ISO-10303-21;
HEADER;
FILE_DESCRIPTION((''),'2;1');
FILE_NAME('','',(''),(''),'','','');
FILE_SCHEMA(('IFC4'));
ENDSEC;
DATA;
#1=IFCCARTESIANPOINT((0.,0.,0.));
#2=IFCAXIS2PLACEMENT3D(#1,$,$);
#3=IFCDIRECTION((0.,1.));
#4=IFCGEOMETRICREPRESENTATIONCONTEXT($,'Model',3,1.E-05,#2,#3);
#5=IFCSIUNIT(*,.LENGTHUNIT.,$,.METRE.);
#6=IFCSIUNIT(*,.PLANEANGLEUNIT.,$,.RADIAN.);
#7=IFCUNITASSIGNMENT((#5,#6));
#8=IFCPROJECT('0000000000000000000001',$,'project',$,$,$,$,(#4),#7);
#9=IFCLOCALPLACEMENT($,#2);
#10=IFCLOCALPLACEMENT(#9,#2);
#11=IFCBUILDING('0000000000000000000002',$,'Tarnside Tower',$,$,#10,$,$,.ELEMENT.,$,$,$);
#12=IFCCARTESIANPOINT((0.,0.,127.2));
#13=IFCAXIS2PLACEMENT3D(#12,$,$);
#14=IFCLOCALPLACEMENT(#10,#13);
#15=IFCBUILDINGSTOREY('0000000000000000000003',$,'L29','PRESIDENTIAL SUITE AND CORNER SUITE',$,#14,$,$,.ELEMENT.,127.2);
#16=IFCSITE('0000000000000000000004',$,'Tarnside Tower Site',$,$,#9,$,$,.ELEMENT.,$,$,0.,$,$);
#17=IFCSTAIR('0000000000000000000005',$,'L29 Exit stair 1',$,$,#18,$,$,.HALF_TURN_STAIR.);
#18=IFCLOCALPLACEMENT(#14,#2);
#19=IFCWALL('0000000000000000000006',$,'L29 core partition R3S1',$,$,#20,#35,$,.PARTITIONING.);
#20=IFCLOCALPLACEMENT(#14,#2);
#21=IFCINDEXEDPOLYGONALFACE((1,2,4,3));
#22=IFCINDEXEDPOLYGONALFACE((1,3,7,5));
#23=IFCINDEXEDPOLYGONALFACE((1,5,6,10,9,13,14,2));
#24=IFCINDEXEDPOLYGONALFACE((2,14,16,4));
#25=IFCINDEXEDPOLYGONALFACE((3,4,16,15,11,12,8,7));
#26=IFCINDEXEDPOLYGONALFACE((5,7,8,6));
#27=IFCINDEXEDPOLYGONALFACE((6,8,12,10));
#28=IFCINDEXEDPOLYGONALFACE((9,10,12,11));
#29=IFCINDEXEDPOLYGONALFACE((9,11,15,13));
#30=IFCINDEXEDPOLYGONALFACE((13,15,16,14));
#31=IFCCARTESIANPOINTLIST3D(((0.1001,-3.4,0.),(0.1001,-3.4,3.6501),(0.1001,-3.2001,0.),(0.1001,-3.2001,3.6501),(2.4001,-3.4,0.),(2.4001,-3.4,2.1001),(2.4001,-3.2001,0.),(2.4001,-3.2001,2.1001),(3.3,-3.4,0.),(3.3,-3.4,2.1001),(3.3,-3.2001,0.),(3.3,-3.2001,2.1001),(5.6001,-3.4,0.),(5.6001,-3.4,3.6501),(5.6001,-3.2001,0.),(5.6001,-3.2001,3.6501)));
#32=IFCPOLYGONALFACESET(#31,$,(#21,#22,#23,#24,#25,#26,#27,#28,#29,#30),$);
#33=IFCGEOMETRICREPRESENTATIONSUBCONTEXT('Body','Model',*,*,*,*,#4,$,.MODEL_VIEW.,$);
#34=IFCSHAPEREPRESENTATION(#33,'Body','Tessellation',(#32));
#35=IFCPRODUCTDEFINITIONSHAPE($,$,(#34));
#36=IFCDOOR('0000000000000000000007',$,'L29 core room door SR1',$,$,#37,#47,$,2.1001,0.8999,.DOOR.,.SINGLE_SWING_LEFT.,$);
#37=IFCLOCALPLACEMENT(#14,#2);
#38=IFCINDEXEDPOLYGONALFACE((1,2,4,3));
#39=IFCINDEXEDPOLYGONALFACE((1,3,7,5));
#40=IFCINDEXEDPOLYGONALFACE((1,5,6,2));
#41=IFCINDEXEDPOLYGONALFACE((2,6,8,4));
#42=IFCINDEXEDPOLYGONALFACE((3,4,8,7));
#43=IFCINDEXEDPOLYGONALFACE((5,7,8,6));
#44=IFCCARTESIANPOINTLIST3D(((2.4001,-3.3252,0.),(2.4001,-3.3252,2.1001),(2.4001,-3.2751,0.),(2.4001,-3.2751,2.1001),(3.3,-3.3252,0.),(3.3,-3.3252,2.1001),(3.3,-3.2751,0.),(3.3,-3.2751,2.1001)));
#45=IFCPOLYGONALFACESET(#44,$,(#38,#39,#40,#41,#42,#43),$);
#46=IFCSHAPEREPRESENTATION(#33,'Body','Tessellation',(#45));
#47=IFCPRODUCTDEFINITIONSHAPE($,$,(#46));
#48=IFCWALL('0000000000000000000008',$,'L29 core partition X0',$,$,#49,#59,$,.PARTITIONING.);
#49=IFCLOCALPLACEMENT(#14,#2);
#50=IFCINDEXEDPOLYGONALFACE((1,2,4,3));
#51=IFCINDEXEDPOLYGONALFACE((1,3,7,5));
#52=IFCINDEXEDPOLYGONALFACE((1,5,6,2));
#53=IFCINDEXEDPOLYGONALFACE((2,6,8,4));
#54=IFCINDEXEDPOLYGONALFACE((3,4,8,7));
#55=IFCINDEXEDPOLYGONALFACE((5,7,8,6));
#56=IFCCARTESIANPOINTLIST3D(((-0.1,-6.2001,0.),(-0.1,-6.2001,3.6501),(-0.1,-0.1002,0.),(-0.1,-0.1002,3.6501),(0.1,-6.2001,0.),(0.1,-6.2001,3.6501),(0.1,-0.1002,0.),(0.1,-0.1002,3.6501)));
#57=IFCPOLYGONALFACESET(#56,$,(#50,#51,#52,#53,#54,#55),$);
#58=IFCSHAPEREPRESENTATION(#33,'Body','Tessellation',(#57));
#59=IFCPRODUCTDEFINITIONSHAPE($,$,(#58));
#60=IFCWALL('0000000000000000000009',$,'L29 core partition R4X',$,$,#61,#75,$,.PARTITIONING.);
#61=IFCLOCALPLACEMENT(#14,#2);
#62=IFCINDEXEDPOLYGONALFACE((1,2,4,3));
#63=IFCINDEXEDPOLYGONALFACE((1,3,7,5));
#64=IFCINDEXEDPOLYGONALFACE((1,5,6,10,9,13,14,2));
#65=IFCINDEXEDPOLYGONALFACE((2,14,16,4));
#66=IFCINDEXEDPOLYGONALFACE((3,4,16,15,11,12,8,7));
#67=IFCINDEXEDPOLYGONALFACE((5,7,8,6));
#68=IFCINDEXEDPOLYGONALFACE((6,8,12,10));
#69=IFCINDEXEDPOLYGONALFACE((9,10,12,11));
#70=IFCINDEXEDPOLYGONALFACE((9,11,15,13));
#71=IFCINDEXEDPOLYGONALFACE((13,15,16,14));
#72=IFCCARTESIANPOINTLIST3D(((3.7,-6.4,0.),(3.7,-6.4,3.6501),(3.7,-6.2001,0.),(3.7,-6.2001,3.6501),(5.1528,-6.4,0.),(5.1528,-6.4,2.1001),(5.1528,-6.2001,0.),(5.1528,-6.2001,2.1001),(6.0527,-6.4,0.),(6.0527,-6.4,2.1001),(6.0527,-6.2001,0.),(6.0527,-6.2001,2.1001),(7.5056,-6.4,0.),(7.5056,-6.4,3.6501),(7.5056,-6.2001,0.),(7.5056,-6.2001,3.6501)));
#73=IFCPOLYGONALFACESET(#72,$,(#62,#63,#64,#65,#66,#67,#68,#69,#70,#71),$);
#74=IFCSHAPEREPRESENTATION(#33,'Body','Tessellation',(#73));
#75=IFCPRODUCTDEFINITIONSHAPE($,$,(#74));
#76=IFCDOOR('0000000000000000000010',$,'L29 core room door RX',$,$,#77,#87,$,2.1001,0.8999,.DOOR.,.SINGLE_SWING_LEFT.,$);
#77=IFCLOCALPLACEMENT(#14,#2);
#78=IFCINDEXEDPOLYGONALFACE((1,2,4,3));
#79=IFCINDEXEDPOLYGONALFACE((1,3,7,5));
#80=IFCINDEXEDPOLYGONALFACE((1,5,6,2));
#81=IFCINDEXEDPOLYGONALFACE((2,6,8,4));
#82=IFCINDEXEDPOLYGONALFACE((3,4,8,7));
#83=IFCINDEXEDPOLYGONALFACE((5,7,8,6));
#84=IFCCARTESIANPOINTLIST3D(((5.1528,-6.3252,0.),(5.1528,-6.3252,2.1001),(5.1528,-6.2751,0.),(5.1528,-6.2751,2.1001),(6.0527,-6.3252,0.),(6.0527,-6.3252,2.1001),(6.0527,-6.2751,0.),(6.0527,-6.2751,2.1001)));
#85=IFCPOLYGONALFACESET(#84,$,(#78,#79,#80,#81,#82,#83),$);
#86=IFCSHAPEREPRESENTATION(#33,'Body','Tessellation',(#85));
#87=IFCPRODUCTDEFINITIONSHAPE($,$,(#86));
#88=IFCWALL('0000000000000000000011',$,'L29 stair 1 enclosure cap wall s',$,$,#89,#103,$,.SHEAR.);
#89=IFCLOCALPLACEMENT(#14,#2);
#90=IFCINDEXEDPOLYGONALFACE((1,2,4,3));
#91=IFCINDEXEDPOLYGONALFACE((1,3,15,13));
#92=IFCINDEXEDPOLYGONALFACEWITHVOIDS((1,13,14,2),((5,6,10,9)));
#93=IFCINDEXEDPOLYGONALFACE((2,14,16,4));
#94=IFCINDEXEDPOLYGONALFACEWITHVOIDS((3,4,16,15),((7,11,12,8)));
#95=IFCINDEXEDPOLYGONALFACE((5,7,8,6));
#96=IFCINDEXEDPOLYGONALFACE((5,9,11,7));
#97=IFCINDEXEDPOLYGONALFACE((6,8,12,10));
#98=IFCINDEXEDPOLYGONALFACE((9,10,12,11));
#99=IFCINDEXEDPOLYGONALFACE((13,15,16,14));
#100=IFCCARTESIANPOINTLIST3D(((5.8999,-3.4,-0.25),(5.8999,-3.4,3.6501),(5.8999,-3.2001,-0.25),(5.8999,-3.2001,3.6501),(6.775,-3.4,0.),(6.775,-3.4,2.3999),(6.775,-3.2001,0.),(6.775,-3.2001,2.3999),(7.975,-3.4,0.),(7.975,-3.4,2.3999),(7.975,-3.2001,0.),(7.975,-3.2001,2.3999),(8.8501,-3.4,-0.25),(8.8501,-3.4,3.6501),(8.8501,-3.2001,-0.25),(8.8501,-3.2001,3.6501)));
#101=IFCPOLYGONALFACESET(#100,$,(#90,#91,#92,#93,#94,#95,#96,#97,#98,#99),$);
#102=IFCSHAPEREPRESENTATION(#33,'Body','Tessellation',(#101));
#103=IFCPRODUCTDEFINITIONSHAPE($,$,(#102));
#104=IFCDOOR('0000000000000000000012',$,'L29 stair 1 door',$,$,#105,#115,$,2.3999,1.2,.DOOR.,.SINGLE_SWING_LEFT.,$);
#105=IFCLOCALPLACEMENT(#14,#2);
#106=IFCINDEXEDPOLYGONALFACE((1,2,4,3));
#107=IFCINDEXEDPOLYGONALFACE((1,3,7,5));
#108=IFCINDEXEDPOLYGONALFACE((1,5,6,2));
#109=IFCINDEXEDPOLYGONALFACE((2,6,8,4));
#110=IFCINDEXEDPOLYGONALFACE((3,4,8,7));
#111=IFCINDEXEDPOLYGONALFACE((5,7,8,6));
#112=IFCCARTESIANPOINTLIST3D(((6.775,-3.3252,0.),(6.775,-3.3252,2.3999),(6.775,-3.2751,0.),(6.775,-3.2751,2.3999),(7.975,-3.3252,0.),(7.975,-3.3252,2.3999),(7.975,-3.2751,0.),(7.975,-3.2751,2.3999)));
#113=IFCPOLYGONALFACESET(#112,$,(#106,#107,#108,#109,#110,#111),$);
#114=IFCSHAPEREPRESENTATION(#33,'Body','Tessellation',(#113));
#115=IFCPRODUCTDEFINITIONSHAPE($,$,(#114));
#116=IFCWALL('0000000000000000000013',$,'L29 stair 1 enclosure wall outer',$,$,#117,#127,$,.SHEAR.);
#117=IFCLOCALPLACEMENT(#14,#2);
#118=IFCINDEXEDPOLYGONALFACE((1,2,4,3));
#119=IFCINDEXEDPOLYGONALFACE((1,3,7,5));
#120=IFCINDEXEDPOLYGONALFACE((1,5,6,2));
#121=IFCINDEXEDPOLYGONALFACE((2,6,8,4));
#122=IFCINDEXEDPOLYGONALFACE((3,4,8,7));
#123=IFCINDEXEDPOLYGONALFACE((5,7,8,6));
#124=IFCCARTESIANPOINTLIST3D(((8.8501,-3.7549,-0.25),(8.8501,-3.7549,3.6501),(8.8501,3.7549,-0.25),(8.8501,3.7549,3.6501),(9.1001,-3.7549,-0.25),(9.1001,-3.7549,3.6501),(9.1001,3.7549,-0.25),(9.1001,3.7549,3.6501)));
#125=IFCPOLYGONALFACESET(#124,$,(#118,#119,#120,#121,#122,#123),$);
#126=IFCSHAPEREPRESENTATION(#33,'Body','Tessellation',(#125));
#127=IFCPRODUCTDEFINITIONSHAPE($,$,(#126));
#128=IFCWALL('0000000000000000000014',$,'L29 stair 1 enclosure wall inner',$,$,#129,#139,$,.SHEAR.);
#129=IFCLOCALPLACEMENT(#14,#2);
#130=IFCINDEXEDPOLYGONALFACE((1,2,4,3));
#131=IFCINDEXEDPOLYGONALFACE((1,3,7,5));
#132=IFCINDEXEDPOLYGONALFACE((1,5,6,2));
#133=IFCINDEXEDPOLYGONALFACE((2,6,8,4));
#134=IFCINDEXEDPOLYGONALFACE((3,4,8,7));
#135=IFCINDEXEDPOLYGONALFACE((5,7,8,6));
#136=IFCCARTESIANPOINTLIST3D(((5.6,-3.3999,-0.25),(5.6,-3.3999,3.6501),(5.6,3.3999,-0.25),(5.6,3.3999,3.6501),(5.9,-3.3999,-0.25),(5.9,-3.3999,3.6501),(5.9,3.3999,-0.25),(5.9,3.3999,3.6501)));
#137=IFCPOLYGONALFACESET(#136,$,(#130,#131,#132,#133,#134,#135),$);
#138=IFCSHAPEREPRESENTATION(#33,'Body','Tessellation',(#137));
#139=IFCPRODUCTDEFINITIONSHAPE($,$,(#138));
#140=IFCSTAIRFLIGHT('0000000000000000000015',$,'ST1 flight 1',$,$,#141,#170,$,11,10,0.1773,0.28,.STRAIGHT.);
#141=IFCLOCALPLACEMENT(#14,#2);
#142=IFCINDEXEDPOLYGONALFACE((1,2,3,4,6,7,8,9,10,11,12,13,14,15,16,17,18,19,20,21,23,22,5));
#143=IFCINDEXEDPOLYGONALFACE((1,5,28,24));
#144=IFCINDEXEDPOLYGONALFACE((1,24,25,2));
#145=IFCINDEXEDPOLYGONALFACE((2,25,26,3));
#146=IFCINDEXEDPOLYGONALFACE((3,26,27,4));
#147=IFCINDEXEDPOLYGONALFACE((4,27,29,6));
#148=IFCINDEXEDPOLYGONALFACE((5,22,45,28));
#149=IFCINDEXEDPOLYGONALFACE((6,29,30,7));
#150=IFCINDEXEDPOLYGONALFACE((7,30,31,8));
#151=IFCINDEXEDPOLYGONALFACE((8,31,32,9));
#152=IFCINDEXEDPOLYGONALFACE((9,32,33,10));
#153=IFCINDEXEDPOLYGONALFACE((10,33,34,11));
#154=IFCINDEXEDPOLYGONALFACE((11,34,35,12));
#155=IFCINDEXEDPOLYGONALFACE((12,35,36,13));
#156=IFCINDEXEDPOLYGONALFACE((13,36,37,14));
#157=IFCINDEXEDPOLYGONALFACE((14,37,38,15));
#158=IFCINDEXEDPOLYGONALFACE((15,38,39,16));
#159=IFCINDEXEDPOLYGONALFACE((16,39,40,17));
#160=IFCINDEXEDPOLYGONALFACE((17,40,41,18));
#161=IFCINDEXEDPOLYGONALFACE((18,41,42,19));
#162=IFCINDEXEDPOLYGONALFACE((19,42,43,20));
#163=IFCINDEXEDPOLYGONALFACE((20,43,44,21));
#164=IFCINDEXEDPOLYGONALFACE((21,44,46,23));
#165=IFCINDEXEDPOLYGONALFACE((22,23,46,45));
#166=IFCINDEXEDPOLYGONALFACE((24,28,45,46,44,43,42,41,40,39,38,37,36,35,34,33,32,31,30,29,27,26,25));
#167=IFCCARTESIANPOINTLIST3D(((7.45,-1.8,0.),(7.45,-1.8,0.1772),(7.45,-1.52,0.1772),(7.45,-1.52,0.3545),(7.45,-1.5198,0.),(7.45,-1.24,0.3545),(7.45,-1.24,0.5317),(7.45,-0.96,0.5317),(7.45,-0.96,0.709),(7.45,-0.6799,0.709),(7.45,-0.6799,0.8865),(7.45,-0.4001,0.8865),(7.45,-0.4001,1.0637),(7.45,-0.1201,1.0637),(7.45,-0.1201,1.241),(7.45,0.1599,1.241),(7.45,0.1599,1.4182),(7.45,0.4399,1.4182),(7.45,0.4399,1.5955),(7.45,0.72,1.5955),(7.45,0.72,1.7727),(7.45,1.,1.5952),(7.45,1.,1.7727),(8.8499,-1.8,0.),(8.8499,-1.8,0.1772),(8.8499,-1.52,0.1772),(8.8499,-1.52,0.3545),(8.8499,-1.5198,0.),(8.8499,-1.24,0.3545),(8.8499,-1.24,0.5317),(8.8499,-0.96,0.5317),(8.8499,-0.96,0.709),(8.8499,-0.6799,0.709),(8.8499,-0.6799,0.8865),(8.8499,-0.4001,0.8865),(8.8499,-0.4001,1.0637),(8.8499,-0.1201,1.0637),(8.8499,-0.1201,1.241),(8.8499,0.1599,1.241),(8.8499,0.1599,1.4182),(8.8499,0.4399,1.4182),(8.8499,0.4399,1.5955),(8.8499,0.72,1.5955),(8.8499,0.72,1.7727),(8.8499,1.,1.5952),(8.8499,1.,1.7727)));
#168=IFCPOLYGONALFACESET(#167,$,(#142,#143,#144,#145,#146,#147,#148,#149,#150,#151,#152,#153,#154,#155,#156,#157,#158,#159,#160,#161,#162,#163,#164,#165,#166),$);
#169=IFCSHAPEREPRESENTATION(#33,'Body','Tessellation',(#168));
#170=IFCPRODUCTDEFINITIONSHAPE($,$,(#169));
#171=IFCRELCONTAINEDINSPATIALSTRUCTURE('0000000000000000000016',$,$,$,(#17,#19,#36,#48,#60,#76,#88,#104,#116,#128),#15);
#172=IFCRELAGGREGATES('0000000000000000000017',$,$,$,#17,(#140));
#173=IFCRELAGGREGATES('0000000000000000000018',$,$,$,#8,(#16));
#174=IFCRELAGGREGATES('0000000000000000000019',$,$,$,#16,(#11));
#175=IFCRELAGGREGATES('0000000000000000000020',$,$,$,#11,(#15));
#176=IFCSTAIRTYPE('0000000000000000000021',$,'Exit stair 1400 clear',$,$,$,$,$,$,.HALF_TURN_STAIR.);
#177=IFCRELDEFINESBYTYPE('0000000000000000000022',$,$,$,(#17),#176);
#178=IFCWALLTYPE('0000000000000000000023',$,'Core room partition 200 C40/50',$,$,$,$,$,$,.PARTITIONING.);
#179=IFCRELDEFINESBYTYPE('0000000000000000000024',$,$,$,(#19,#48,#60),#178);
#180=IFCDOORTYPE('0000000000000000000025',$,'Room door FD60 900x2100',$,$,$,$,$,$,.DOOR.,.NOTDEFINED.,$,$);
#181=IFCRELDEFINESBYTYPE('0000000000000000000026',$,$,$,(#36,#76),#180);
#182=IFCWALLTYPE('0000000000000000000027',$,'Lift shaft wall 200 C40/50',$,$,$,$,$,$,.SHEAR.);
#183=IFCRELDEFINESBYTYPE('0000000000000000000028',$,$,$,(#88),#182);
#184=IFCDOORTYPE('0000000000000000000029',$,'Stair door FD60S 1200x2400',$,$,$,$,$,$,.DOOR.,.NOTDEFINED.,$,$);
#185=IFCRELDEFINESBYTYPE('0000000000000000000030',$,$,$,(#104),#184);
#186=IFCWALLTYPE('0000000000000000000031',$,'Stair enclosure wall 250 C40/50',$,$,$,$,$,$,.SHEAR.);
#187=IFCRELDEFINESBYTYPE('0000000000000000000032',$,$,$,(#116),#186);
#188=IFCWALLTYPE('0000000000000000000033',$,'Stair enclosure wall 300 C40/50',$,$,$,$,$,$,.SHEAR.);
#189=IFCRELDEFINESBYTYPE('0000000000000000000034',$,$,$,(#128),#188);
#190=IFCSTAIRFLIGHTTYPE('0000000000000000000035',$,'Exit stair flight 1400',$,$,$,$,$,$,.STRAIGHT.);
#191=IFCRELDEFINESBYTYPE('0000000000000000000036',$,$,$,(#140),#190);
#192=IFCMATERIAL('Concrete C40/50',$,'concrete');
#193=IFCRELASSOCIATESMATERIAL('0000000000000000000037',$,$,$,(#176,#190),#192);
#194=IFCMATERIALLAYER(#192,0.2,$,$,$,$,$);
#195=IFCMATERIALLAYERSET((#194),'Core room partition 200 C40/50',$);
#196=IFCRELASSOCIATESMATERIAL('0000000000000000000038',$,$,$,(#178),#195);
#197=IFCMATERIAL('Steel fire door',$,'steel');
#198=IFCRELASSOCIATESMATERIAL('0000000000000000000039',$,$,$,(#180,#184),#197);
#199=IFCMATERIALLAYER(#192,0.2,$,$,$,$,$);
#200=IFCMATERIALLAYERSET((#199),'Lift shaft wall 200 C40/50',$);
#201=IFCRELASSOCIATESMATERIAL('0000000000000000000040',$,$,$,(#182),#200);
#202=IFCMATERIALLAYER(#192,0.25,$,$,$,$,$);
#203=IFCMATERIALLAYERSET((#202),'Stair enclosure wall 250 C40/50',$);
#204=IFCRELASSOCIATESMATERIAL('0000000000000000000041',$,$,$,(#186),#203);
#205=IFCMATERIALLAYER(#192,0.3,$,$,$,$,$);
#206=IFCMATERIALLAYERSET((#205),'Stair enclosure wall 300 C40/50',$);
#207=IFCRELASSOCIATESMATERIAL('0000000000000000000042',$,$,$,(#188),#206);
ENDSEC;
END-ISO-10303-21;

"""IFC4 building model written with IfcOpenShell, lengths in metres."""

from ifc_helpers import new_model, si_unit, direction, frame, frame_2d, origin, place, context, subcontext, project, spatial, polyline, rectangle, outline, extrude, material, layer, layer_set, type_object, element, fill, aggregate, save


model = new_model("IFC4")

# Units and contexts
model_context = context("Model", 3, precision=1e-05, world=origin(), true_north=direction((0.0, 1.0)))
body_context = subcontext(model_context, "Body", "Model", "MODEL_VIEW")
ifc_project = project(units=[si_unit("LENGTHUNIT", "METRE"), si_unit("PLANEANGLEUNIT", "RADIAN")], contexts=[model_context])

# Site, building, storey
site_placement = place(None, origin())
site = spatial("IfcSite", under=ifc_project, at=site_placement, Name="Tarnside Tower Site", CompositionType="ELEMENT", RefElevation=0.0)
building_placement = place(site_placement, origin())
building = spatial("IfcBuilding", under=site, at=building_placement, Name="Tarnside Tower", CompositionType="ELEMENT")
storey_placement = place(building_placement, frame((0.0, 0.0, 127.2)))
storey = spatial("IfcBuildingStorey", under=building, at=storey_placement, Name="L29", Description="PRESIDENTIAL SUITE AND CORNER SUITE", CompositionType="ELEMENT", Elevation=127.2)

# Shared definitions
ifc_material_1 = material(Name="Concrete C40/50", Category="concrete")

# Stair
stair_type = type_object("IfcStairType", Name="Exit stair 1400 clear", PredefinedType="HALF_TURN_STAIR", material=ifc_material_1)
stair_1_placement = place(storey_placement, origin())
stair_1 = element("IfcStair", 1, at=stair_1_placement, inside=storey, type_object=stair_type, Name="L29 Exit stair 1", PredefinedType="HALF_TURN_STAIR")

# Wall, opening, door
ifc_layer_1 = layer(ifc_material_1, 0.2)
ifc_layer_set_1 = layer_set([ifc_layer_1], Name="Core room partition 200 C40/50")
wall_type_1 = type_object("IfcWallType", Name="Core room partition 200 C40/50", PredefinedType="PARTITIONING", material=ifc_layer_set_1)
wall_1_placement = place(storey_placement, frame((0.1001, -3.3, 0.0), z_axis=(0.0, 0.0, 1.0), x_axis=(1.0, 0.0, 0.0)))
wall_1 = element("IfcWall", 2, at=wall_1_placement, inside=storey, type_object=wall_type_1, Name="L29 core partition R3S1", PredefinedType="PARTITIONING", context=body_context, shape_type="SweptSolid", body=[
    extrude(rectangle(XDim=5.5, YDim=0.2, at=frame_2d((2.75, 0.0))), origin(), (0.0, 0.0, 1.0), 3.6501),
])
opening_1_placement = place(wall_1_placement, frame((2.3, 0.0, 0.0)))
opening_1 = element("IfcOpeningElement", 3, at=opening_1_placement, cuts=wall_1, PredefinedType="OPENING", context=body_context, shape_type="SweptSolid", body=[
    extrude(rectangle(XDim=0.8999, YDim=2.1001, at=frame_2d((0.45, 1.05))), frame((0.0, 0.1099, 0.0), z_axis=(0.0, -1.0, 0.0), x_axis=(1.0, 0.0, 0.0)), (0.0, 0.0, 1.0), 0.22),
])
ifc_material_2 = material(Name="Steel fire door", Category="steel")
door_type_1 = type_object("IfcDoorType", Name="Room door FD60 900x2100", OperationType="NOTDEFINED", PredefinedType="DOOR", material=ifc_material_2)
door_1_placement = place(opening_1_placement, origin())
door_1 = element("IfcDoor", 4, at=door_1_placement, inside=storey, type_object=door_type_1, Name="L29 core room door SR1", OperationType="SINGLE_SWING_LEFT", OverallHeight=2.1001, OverallWidth=0.8999, PredefinedType="DOOR", context=body_context, shape_type="SweptSolid", body=[
    extrude(rectangle(XDim=0.8999, YDim=2.1001, at=frame_2d((0.45, 1.05))), frame((0.0, 0.0249, 0.0), z_axis=(0.0, -1.0, 0.0), x_axis=(1.0, 0.0, 0.0)), (0.0, 0.0, 1.0), 0.05),
])
fill(opening_1, door_1)

# Wall
wall_2_placement = place(storey_placement, frame((0.0, -6.2, 0.0), z_axis=(0.0, 0.0, 1.0), x_axis=(0.0, 1.0, 0.0)))
element("IfcWall", 5, at=wall_2_placement, inside=storey, type_object=wall_type_1, Name="L29 core partition X0", PredefinedType="PARTITIONING", context=body_context, shape_type="SweptSolid", body=[
    extrude(rectangle(XDim=6.0999, YDim=0.2, at=frame_2d((3.0498, 0.0))), origin(), (0.0, 0.0, 1.0), 3.6501),
])

# Walls, openings, doors
wall_3_placement = place(storey_placement, frame((3.7, -6.3, 0.0), z_axis=(0.0, 0.0, 1.0), x_axis=(1.0, 0.0, 0.0)))
wall_3 = element("IfcWall", 6, at=wall_3_placement, inside=storey, type_object=wall_type_1, Name="L29 core partition R4X", PredefinedType="PARTITIONING", context=body_context, shape_type="SweptSolid", body=[
    extrude(rectangle(XDim=3.8057, YDim=0.2, at=frame_2d((1.9028, 0.0))), origin(), (0.0, 0.0, 1.0), 3.6501),
])
opening_2_placement = place(wall_3_placement, frame((1.4529, 0.0, 0.0)))
opening_2 = element("IfcOpeningElement", 7, at=opening_2_placement, cuts=wall_3, PredefinedType="OPENING", context=body_context, shape_type="SweptSolid", body=[
    extrude(rectangle(XDim=0.8999, YDim=2.1001, at=frame_2d((0.45, 1.05))), frame((0.0, 0.1099, 0.0), z_axis=(0.0, -1.0, 0.0), x_axis=(1.0, 0.0, 0.0)), (0.0, 0.0, 1.0), 0.22),
])
door_2_placement = place(opening_2_placement, origin())
door_2 = element("IfcDoor", 8, at=door_2_placement, inside=storey, type_object=door_type_1, Name="L29 core room door RX", OperationType="SINGLE_SWING_LEFT", OverallHeight=2.1001, OverallWidth=0.8999, PredefinedType="DOOR", context=body_context, shape_type="SweptSolid", body=[
    extrude(rectangle(XDim=0.8999, YDim=2.1001, at=frame_2d((0.45, 1.05))), frame((0.0, 0.0249, 0.0), z_axis=(0.0, -1.0, 0.0), x_axis=(1.0, 0.0, 0.0)), (0.0, 0.0, 1.0), 0.05),
])
fill(opening_2, door_2)
ifc_layer_2 = layer(ifc_material_1, 0.2)
ifc_layer_set_2 = layer_set([ifc_layer_2], Name="Lift shaft wall 200 C40/50")
wall_type_2 = type_object("IfcWallType", Name="Lift shaft wall 200 C40/50", PredefinedType="SHEAR", material=ifc_layer_set_2)
wall_4_placement = place(storey_placement, frame((5.8999, -3.3, -0.25), z_axis=(0.0, 0.0, 1.0), x_axis=(1.0, 0.0, 0.0)))
wall_4 = element("IfcWall", 9, at=wall_4_placement, inside=storey, type_object=wall_type_2, Name="L29 stair 1 enclosure cap wall s", PredefinedType="SHEAR", context=body_context, shape_type="SweptSolid", body=[
    extrude(rectangle(XDim=2.9502, YDim=0.2, at=frame_2d((1.4751, 0.0))), origin(), (0.0, 0.0, 1.0), 3.9001),
])
opening_3_placement = place(wall_4_placement, frame((0.875, 0.0, 0.25)))
opening_3 = element("IfcOpeningElement", 10, at=opening_3_placement, cuts=wall_4, PredefinedType="OPENING", context=body_context, shape_type="SweptSolid", body=[
    extrude(rectangle(XDim=1.2, YDim=2.3999, at=frame_2d((0.6001, 1.2))), frame((0.0, 0.1099, 0.0), z_axis=(0.0, -1.0, 0.0), x_axis=(1.0, 0.0, 0.0)), (0.0, 0.0, 1.0), 0.22),
])
door_type_2 = type_object("IfcDoorType", Name="Stair door FD60S 1200x2400", OperationType="NOTDEFINED", PredefinedType="DOOR", material=ifc_material_2)
door_3_placement = place(opening_3_placement, origin())
door_3 = element("IfcDoor", 11, at=door_3_placement, inside=storey, type_object=door_type_2, Name="L29 stair 1 door", OperationType="SINGLE_SWING_LEFT", OverallHeight=2.3999, OverallWidth=1.2, PredefinedType="DOOR", context=body_context, shape_type="SweptSolid", body=[
    extrude(rectangle(XDim=1.2, YDim=2.3999, at=frame_2d((0.6001, 1.2))), frame((0.0, 0.0249, 0.0), z_axis=(0.0, -1.0, 0.0), x_axis=(1.0, 0.0, 0.0)), (0.0, 0.0, 1.0), 0.05),
])
fill(opening_3, door_3)

# Walls
ifc_layer_3 = layer(ifc_material_1, 0.25)
ifc_layer_set_3 = layer_set([ifc_layer_3], Name="Stair enclosure wall 250 C40/50")
wall_type_3 = type_object("IfcWallType", Name="Stair enclosure wall 250 C40/50", PredefinedType="SHEAR", material=ifc_layer_set_3)
wall_5_placement = place(storey_placement, frame((8.9751, -3.7549, -0.25), z_axis=(0.0, 0.0, 1.0), x_axis=(0.0, 1.0, 0.0)))
element("IfcWall", 12, at=wall_5_placement, inside=storey, type_object=wall_type_3, Name="L29 stair 1 enclosure wall outer", PredefinedType="SHEAR", context=body_context, shape_type="SweptSolid", body=[
    extrude(rectangle(XDim=7.5098, YDim=0.25, at=frame_2d((3.7549, 0.0))), origin(), (0.0, 0.0, 1.0), 3.9001),
])
ifc_layer_4 = layer(ifc_material_1, 0.3)
ifc_layer_set_4 = layer_set([ifc_layer_4], Name="Stair enclosure wall 300 C40/50")
wall_type_4 = type_object("IfcWallType", Name="Stair enclosure wall 300 C40/50", PredefinedType="SHEAR", material=ifc_layer_set_4)
wall_6_placement = place(storey_placement, frame((5.75, -3.3999, -0.25), z_axis=(0.0, 0.0, 1.0), x_axis=(0.0, 1.0, 0.0)))
element("IfcWall", 13, at=wall_6_placement, inside=storey, type_object=wall_type_4, Name="L29 stair 1 enclosure wall inner", PredefinedType="SHEAR", context=body_context, shape_type="SweptSolid", body=[
    extrude(rectangle(XDim=6.7998, YDim=0.3, at=frame_2d((3.3999, 0.0))), origin(), (0.0, 0.0, 1.0), 3.9001),
])

# Stair flight
stair_flight_type = type_object("IfcStairFlightType", Name="Exit stair flight 1400", PredefinedType="STRAIGHT", material=ifc_material_1)
stair_flight_placement = place(storey_placement, frame((8.1499, -1.8, 0.0), z_axis=(0.0, 0.0, 1.0), x_axis=(0.0, 1.0, 0.0)))
stair_flight = element("IfcStairFlight", 14, at=stair_flight_placement, type_object=stair_flight_type, Name="ST1 flight 1", NumberOfRisers=11, NumberOfTreads=10, PredefinedType="STRAIGHT", RiserHeight=0.1773, TreadLength=0.28, context=body_context, shape_type="SweptSolid", body=[
    extrude(outline(polyline([(0.0, 0.0), (0.0, 0.1772), (0.28, 0.1772), (0.28, 0.3545), (0.5601, 0.3545), (0.5601, 0.5317), (0.8401, 0.5317), (0.8401, 0.709), (1.1201, 0.709), (1.1201, 0.8865), (1.3999, 0.8865), (1.3999, 1.0637), (1.6799, 1.0637), (1.6799, 1.241), (1.96, 1.241), (1.96, 1.4182), (2.24, 1.4182), (2.24, 1.5955), (2.52, 1.5955), (2.52, 1.7727), (2.8, 1.7727), (2.8, 1.95), (2.8, 1.5952), (0.2803, 0.0), (0.0, 0.0)])), frame((0.0, 0.7, 0.0), z_axis=(0.0, -1.0, 0.0), x_axis=(1.0, 0.0, 0.0)), (0.0, 0.0, 1.0), 1.3999),
])
aggregate(stair_1, [stair_flight])

save(model, "model.ifc")
